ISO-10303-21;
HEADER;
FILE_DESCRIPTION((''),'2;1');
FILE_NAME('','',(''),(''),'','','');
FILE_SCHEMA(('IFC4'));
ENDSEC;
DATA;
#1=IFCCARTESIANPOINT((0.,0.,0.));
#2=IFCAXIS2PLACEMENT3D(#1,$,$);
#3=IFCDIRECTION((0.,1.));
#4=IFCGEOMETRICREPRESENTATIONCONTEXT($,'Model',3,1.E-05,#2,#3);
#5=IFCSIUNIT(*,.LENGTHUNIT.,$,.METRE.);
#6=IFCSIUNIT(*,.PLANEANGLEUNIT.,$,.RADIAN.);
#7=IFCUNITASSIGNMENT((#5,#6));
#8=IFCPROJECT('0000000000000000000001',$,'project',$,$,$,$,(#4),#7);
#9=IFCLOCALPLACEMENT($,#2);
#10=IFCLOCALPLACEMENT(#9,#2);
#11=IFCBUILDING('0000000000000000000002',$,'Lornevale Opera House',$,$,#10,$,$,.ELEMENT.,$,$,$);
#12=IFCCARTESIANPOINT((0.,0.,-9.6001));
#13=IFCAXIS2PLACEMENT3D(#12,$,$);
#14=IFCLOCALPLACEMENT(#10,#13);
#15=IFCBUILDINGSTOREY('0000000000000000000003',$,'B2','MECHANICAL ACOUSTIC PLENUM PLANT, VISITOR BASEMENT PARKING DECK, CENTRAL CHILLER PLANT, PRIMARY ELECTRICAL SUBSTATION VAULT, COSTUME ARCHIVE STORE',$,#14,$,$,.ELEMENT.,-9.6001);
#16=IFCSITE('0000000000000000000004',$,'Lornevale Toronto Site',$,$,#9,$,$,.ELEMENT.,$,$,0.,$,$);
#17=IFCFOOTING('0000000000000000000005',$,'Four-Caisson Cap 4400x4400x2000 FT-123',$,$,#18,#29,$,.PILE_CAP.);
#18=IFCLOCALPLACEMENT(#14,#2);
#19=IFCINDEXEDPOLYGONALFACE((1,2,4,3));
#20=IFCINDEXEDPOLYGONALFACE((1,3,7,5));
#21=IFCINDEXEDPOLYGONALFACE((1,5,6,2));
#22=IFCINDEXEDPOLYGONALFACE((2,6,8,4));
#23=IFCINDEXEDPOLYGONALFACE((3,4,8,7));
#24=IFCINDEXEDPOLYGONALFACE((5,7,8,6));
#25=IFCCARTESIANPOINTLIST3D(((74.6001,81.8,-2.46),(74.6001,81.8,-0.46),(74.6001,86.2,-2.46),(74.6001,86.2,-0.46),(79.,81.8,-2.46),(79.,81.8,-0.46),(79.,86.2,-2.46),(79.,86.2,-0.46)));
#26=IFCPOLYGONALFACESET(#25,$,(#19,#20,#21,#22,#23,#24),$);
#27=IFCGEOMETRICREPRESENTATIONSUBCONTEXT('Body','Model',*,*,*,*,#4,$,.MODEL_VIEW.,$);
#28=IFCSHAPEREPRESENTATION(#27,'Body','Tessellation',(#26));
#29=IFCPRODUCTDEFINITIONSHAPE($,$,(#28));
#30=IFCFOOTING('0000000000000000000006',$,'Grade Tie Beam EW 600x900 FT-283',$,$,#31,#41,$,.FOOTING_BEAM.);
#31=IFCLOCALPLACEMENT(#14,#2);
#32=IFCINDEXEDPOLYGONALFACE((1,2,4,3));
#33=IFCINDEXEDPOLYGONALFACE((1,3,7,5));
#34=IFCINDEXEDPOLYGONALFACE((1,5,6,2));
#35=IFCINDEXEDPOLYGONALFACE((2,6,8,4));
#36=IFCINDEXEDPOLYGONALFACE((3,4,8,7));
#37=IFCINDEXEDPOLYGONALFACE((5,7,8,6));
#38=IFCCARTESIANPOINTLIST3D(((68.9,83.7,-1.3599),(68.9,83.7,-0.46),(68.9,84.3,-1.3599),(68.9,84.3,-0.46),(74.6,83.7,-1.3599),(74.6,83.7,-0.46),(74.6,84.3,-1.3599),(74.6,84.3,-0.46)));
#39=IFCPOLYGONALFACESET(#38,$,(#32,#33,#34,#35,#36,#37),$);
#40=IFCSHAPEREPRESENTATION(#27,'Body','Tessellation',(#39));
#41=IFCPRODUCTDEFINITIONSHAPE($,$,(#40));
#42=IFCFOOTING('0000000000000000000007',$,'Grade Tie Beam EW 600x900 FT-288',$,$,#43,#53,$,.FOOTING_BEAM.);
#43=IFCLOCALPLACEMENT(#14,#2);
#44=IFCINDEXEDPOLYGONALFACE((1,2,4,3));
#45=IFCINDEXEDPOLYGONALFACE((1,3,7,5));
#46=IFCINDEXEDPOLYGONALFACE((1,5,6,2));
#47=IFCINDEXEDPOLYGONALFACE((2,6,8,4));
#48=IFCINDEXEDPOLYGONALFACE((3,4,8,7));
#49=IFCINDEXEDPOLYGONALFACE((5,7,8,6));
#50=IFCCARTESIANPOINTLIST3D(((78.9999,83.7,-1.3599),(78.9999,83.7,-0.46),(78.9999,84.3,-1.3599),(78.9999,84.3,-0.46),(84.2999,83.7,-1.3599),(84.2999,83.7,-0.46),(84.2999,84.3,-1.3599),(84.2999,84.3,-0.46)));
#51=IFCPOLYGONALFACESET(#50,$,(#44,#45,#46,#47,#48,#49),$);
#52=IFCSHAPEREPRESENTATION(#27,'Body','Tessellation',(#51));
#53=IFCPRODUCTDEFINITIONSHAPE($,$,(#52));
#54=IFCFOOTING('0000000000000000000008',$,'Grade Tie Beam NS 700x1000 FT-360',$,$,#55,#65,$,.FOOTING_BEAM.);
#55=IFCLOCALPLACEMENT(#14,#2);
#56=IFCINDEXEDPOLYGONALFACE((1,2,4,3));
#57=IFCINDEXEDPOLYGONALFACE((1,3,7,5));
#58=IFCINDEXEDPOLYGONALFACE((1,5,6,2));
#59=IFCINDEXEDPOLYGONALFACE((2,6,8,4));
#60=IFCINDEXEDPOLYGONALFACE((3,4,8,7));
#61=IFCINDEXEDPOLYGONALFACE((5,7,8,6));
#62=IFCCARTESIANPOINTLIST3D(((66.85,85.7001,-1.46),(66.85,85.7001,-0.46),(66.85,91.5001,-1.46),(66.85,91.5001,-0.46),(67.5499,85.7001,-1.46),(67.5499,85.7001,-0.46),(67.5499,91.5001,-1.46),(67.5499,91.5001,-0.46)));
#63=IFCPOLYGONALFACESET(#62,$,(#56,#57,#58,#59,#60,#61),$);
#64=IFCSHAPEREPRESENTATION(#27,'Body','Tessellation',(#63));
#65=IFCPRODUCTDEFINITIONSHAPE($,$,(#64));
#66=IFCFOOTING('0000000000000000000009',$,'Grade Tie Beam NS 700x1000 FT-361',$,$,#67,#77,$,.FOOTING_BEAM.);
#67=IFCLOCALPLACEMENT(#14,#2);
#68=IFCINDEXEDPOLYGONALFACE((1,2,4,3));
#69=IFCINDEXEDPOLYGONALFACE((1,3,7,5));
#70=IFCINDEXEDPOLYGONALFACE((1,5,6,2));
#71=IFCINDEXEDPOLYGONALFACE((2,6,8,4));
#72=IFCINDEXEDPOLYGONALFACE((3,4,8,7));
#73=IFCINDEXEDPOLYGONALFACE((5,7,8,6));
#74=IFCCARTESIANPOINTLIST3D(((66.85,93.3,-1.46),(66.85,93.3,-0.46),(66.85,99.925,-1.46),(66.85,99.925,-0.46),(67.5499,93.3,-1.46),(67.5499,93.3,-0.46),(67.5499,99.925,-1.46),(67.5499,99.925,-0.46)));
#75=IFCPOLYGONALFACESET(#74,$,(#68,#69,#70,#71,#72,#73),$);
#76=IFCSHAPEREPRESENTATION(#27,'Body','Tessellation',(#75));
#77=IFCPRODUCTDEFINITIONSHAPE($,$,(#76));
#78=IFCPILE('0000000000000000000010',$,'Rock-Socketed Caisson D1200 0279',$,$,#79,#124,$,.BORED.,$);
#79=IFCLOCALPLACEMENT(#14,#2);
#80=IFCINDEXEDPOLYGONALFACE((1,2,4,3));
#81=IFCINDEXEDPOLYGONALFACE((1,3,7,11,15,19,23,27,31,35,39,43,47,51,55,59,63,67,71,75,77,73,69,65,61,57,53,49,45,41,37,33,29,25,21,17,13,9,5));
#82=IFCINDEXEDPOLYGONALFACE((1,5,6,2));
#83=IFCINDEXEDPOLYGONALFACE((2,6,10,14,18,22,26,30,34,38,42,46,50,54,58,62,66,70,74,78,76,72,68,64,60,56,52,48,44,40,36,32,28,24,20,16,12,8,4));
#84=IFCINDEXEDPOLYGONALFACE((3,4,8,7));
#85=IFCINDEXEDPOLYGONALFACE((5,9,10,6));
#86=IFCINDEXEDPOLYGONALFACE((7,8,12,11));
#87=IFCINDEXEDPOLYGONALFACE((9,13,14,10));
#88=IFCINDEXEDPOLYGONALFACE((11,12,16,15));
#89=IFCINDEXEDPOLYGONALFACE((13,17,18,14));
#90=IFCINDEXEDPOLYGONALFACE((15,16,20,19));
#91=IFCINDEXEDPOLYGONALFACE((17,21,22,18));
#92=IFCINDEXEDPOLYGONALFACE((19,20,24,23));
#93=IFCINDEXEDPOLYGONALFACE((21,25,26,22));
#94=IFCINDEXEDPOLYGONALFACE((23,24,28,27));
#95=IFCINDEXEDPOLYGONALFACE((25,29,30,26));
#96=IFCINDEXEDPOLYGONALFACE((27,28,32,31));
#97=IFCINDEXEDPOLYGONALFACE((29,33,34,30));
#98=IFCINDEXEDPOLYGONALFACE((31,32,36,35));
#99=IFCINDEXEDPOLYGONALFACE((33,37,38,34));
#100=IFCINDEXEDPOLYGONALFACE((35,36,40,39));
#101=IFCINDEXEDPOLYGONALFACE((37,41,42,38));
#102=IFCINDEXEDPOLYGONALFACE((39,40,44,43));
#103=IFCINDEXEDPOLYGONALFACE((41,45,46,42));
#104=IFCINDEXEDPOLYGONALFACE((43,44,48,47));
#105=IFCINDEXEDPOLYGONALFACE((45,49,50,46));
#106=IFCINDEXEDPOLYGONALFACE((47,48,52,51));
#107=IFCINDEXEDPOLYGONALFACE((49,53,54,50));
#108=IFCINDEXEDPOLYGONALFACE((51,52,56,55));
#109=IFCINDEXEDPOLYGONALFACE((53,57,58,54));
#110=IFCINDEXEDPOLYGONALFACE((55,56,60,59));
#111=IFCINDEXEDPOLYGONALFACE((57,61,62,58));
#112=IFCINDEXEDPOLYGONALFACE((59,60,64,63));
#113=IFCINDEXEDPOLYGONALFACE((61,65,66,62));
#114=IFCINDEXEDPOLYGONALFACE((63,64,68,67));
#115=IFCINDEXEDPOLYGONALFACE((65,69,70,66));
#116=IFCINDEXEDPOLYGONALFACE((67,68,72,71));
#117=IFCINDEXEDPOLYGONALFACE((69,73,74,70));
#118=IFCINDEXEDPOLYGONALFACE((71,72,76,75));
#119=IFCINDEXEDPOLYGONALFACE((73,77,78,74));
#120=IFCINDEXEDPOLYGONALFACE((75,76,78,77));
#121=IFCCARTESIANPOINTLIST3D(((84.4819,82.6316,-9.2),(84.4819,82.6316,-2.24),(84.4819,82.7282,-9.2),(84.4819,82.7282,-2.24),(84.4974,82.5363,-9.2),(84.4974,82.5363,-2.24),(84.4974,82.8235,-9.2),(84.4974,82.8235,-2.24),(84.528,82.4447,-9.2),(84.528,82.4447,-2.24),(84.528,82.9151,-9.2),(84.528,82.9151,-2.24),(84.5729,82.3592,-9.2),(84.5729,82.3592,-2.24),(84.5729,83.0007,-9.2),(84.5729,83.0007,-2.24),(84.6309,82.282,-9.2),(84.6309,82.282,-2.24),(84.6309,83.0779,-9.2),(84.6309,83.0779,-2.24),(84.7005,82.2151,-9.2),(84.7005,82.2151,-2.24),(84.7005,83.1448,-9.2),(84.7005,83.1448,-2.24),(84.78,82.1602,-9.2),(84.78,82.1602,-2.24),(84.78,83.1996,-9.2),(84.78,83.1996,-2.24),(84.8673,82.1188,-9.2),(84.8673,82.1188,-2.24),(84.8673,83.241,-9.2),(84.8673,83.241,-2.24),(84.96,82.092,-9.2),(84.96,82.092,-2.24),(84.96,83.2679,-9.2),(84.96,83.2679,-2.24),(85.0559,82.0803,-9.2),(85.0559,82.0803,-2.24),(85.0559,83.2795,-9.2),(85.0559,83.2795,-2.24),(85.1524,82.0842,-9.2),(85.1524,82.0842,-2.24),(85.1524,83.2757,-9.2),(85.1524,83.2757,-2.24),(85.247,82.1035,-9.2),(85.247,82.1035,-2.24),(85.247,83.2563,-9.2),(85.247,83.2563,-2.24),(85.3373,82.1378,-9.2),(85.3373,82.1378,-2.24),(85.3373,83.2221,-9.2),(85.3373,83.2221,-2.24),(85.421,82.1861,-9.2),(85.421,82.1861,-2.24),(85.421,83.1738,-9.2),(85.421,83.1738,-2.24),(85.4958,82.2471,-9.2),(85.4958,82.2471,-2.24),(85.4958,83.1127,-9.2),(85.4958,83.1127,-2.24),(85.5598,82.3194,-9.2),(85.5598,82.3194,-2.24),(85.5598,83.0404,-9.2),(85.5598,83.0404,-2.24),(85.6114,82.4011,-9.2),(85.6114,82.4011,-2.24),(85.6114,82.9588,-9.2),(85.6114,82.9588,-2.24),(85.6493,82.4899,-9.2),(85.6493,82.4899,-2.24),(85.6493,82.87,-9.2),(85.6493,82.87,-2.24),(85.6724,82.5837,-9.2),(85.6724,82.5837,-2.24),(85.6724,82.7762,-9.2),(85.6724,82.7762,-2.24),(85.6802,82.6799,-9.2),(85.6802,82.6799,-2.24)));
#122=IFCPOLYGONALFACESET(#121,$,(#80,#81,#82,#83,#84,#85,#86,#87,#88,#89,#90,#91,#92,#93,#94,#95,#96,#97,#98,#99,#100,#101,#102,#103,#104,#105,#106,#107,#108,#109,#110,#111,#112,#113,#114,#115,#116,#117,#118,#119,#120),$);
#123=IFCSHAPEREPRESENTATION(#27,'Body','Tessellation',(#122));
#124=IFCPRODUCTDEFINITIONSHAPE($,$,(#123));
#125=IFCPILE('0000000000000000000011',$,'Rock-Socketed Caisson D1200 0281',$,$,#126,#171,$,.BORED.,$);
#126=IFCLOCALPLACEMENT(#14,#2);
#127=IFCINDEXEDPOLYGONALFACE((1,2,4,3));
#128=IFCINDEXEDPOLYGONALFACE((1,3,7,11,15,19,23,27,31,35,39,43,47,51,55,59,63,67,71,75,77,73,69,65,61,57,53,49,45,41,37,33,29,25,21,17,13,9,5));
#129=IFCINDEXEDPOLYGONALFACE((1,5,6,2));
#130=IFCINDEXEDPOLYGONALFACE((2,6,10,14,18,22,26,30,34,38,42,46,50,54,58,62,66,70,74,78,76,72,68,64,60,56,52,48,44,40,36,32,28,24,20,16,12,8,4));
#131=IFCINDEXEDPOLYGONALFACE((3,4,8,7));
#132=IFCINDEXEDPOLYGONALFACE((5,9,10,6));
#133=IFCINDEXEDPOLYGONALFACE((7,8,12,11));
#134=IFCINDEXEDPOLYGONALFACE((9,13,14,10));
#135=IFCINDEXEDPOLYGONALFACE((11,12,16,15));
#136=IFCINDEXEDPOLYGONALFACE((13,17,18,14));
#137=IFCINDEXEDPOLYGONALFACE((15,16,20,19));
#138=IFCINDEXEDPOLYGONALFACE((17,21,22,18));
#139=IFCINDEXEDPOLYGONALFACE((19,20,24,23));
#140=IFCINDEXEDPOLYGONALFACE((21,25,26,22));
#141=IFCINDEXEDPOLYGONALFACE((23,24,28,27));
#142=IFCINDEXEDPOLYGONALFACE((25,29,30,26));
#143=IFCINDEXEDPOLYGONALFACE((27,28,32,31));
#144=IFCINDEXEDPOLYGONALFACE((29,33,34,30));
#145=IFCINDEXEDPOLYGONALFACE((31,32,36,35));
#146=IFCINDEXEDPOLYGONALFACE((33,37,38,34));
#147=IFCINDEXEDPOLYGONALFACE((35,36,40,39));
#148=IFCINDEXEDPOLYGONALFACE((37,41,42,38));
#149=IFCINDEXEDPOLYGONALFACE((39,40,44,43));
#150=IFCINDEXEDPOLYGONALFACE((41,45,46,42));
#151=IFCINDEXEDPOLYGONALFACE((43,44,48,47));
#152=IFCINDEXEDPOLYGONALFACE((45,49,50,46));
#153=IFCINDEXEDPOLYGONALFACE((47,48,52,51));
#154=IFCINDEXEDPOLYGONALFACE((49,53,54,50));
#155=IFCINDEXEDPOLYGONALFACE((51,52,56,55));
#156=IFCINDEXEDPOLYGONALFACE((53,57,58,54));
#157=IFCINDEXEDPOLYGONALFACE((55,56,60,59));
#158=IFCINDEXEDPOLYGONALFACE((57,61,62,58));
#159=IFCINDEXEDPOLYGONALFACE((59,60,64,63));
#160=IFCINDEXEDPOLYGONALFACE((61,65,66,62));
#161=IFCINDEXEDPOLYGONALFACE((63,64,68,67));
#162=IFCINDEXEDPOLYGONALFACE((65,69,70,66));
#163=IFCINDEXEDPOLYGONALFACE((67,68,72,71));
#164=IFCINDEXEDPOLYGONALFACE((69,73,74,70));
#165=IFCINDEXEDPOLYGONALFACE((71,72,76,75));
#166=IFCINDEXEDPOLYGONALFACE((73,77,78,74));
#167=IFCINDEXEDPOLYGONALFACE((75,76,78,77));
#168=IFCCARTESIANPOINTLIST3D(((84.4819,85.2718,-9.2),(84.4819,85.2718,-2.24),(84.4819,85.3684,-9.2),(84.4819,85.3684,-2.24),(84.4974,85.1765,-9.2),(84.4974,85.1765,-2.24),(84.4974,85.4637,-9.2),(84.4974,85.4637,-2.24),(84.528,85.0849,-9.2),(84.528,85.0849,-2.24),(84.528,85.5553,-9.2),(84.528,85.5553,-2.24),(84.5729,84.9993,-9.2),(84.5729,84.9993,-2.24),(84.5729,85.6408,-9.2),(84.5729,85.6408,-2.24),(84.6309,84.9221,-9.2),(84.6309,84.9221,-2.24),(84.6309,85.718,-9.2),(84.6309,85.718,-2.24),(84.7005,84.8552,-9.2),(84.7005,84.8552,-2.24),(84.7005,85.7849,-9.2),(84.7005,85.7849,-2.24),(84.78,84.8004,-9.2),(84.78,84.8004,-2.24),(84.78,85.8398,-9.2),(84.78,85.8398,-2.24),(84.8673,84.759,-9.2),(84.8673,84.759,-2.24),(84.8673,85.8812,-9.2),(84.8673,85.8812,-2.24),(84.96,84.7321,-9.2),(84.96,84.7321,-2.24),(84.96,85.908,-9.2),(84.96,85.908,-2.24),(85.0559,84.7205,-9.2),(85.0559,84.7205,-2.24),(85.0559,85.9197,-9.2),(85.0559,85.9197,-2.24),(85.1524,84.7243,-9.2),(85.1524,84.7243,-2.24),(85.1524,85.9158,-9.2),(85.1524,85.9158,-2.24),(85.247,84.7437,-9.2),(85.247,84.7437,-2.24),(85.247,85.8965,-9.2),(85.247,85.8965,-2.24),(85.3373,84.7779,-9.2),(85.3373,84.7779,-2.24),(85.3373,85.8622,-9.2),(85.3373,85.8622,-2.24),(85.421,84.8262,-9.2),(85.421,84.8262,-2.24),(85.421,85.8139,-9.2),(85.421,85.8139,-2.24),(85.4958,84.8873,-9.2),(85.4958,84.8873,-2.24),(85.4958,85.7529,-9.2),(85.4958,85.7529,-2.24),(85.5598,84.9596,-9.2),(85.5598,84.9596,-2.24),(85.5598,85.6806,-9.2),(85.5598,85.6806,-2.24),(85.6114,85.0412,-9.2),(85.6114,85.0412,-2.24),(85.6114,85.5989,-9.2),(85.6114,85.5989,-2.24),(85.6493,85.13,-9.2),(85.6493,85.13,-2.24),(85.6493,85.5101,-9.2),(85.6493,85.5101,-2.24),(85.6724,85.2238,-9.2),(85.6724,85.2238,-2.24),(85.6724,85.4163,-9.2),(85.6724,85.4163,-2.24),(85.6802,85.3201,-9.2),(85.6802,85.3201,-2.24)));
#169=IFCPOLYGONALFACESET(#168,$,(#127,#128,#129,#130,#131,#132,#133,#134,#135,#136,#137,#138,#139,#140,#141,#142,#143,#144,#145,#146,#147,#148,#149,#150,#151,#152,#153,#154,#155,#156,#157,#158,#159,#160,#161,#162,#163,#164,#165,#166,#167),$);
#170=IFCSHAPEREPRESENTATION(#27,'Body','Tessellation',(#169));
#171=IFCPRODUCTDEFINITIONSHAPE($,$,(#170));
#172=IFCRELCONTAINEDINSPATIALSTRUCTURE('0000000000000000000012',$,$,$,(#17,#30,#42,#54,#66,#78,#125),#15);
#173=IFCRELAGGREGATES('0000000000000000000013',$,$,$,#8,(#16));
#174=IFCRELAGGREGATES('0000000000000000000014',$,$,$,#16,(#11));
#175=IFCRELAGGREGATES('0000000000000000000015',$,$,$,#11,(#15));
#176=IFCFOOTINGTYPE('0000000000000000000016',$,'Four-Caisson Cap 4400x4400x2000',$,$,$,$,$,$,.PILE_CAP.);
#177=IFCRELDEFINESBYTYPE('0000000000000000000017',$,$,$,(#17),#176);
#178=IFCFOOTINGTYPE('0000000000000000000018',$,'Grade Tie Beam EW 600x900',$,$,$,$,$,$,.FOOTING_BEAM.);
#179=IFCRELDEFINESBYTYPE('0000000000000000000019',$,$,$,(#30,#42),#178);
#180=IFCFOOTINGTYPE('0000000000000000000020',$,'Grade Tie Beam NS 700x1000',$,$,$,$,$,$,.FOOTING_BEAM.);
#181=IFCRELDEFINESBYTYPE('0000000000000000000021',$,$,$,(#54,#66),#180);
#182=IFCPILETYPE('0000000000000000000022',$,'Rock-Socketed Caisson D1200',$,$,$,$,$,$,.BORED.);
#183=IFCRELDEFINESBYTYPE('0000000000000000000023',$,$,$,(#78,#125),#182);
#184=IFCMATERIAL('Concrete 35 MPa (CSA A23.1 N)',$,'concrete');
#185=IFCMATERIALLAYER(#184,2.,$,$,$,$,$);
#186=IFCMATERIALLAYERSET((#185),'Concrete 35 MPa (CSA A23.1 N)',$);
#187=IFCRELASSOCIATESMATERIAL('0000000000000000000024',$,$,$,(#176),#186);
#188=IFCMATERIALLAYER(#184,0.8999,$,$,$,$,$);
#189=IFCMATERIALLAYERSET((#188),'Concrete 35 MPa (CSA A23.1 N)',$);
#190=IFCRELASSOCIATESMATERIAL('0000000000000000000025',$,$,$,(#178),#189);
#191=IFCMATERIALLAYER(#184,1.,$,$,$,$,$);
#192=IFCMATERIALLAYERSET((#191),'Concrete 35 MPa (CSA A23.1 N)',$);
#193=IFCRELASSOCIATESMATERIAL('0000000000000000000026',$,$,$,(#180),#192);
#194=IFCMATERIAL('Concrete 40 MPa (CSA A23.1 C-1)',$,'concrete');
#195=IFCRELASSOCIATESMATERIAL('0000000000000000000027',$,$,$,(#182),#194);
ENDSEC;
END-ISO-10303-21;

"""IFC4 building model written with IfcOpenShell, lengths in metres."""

from ifc_helpers import new_model, si_unit, direction, frame, origin, origin_2d, place, context, subcontext, project, spatial, rectangle, circle, extrude, material, layer, layer_set, material_profile, profile_set, type_object, element, save


model = new_model("IFC4")

# Units and contexts
model_context = context("Model", 3, precision=1e-05, world=origin(), true_north=direction((0.0, 1.0)))
body_context = subcontext(model_context, "Body", "Model", "MODEL_VIEW")
ifc_project = project(units=[si_unit("LENGTHUNIT", "METRE"), si_unit("PLANEANGLEUNIT", "RADIAN")], contexts=[model_context])

# Site, building, storey
site_placement = place(None, origin())
site = spatial("IfcSite", under=ifc_project, at=site_placement, Name="Lornevale Toronto Site", CompositionType="ELEMENT", RefElevation=0.0)
building_placement = place(site_placement, origin())
building = spatial("IfcBuilding", under=site, at=building_placement, Name="Lornevale Opera House", CompositionType="ELEMENT")
storey_placement = place(building_placement, frame((0.0, 0.0, -9.6001)))
storey = spatial("IfcBuildingStorey", under=building, at=storey_placement, Name="B2", Description="MECHANICAL ACOUSTIC PLENUM PLANT, VISITOR BASEMENT PARKING DECK, CENTRAL CHILLER PLANT, PRIMARY ELECTRICAL SUBSTATION VAULT, COSTUME ARCHIVE STORE", CompositionType="ELEMENT", Elevation=-9.6001)

# Footings
ifc_material_1 = material(Name="Concrete 35 MPa (CSA A23.1 N)", Category="concrete")
ifc_layer_1 = layer(ifc_material_1, 2.0)
ifc_layer_set_1 = layer_set([ifc_layer_1], Name="Concrete 35 MPa (CSA A23.1 N)")
footing_type_1 = type_object("IfcFootingType", Name="Four-Caisson Cap 4400x4400x2000", PredefinedType="PILE_CAP", material=ifc_layer_set_1)
footing_1_placement = place(storey_placement, frame((76.8, 84.0, -2.46), z_axis=(0.0, 0.0, 1.0), x_axis=(1.0, 0.0, 0.0)))
element("IfcFooting", 1, at=footing_1_placement, inside=storey, type_object=footing_type_1, Name="Four-Caisson Cap 4400x4400x2000 FT-123", PredefinedType="PILE_CAP", context=body_context, shape_type="SweptSolid", body=[
    extrude(rectangle(XDim=4.3999, YDim=4.3999, at=origin_2d()), origin(), (0.0, 0.0, 1.0), 2.0),
])
ifc_layer_2 = layer(ifc_material_1, 0.8999)
ifc_layer_set_2 = layer_set([ifc_layer_2], Name="Concrete 35 MPa (CSA A23.1 N)")
footing_type_2 = type_object("IfcFootingType", Name="Grade Tie Beam EW 600x900", PredefinedType="FOOTING_BEAM", material=ifc_layer_set_2)
footing_2_placement = place(storey_placement, frame((71.75, 84.0, -1.3599), z_axis=(0.0, 0.0, 1.0), x_axis=(1.0, 0.0, 0.0)))
element("IfcFooting", 2, at=footing_2_placement, inside=storey, type_object=footing_type_2, Name="Grade Tie Beam EW 600x900 FT-283", PredefinedType="FOOTING_BEAM", context=body_context, shape_type="SweptSolid", body=[
    extrude(rectangle(XDim=5.7, YDim=0.6001, at=origin_2d()), origin(), (0.0, 0.0, 1.0), 0.8999),
])
footing_3_placement = place(storey_placement, frame((81.6499, 84.0, -1.3599), z_axis=(0.0, 0.0, 1.0), x_axis=(1.0, 0.0, 0.0)))
element("IfcFooting", 3, at=footing_3_placement, inside=storey, type_object=footing_type_2, Name="Grade Tie Beam EW 600x900 FT-288", PredefinedType="FOOTING_BEAM", context=body_context, shape_type="SweptSolid", body=[
    extrude(rectangle(XDim=5.3, YDim=0.6001, at=origin_2d()), origin(), (0.0, 0.0, 1.0), 0.8999),
])
ifc_layer_3 = layer(ifc_material_1, 1.0)
ifc_layer_set_3 = layer_set([ifc_layer_3], Name="Concrete 35 MPa (CSA A23.1 N)")
footing_type_3 = type_object("IfcFootingType", Name="Grade Tie Beam NS 700x1000", PredefinedType="FOOTING_BEAM", material=ifc_layer_set_3)
footing_4_placement = place(storey_placement, frame((67.2, 88.6001, -1.46), z_axis=(0.0, 0.0, 1.0), x_axis=(1.0, 0.0, 0.0)))
element("IfcFooting", 4, at=footing_4_placement, inside=storey, type_object=footing_type_3, Name="Grade Tie Beam NS 700x1000 FT-360", PredefinedType="FOOTING_BEAM", context=body_context, shape_type="SweptSolid", body=[
    extrude(rectangle(XDim=0.7, YDim=5.8, at=origin_2d()), origin(), (0.0, 0.0, 1.0), 1.0),
])
footing_5_placement = place(storey_placement, frame((67.2, 96.6125, -1.46), z_axis=(0.0, 0.0, 1.0), x_axis=(1.0, 0.0, 0.0)))
element("IfcFooting", 5, at=footing_5_placement, inside=storey, type_object=footing_type_3, Name="Grade Tie Beam NS 700x1000 FT-361", PredefinedType="FOOTING_BEAM", context=body_context, shape_type="SweptSolid", body=[
    extrude(rectangle(XDim=0.7, YDim=6.625, at=origin_2d()), origin(), (0.0, 0.0, 1.0), 1.0),
])

# Piles
ifc_material_2 = material(Name="Concrete 40 MPa (CSA A23.1 C-1)", Category="concrete")
ifc_material_profile_1 = material_profile(ifc_material_2, circle(Radius=0.6001, at=origin_2d()), Name="CAIS1200")
ifc_profile_set_1 = profile_set([ifc_material_profile_1], Name="Concrete 40 MPa (CSA A23.1 C-1)")
pile_type_1 = type_object("IfcPileType", Name="Rock-Socketed Caisson D1200", PredefinedType="BORED", material=ifc_profile_set_1)
for number, where, z_axis, x_axis, name in (
    (6, (85.0801, 82.6799, -2.24), (0.0, 0.0, -1.0), (1.0, 0.0, 0.0), "Rock-Socketed Caisson D1200 0279"),
    (7, (85.0801, 85.3201, -2.24), (0.0, 0.0, -1.0), (1.0, 0.0, 0.0), "Rock-Socketed Caisson D1200 0281"),
):
    element("IfcPile", number, at=place(storey_placement, frame(where, z_axis=z_axis, x_axis=x_axis)), inside=storey, type_object=pile_type_1, Name=name, PredefinedType="BORED", context=body_context, shape_type="SweptSolid", body=[
        extrude(circle(Radius=0.6001, at=origin_2d()), origin(), (0.0, 0.0, 1.0), 6.96),
    ])

save(model, "model.ifc")
